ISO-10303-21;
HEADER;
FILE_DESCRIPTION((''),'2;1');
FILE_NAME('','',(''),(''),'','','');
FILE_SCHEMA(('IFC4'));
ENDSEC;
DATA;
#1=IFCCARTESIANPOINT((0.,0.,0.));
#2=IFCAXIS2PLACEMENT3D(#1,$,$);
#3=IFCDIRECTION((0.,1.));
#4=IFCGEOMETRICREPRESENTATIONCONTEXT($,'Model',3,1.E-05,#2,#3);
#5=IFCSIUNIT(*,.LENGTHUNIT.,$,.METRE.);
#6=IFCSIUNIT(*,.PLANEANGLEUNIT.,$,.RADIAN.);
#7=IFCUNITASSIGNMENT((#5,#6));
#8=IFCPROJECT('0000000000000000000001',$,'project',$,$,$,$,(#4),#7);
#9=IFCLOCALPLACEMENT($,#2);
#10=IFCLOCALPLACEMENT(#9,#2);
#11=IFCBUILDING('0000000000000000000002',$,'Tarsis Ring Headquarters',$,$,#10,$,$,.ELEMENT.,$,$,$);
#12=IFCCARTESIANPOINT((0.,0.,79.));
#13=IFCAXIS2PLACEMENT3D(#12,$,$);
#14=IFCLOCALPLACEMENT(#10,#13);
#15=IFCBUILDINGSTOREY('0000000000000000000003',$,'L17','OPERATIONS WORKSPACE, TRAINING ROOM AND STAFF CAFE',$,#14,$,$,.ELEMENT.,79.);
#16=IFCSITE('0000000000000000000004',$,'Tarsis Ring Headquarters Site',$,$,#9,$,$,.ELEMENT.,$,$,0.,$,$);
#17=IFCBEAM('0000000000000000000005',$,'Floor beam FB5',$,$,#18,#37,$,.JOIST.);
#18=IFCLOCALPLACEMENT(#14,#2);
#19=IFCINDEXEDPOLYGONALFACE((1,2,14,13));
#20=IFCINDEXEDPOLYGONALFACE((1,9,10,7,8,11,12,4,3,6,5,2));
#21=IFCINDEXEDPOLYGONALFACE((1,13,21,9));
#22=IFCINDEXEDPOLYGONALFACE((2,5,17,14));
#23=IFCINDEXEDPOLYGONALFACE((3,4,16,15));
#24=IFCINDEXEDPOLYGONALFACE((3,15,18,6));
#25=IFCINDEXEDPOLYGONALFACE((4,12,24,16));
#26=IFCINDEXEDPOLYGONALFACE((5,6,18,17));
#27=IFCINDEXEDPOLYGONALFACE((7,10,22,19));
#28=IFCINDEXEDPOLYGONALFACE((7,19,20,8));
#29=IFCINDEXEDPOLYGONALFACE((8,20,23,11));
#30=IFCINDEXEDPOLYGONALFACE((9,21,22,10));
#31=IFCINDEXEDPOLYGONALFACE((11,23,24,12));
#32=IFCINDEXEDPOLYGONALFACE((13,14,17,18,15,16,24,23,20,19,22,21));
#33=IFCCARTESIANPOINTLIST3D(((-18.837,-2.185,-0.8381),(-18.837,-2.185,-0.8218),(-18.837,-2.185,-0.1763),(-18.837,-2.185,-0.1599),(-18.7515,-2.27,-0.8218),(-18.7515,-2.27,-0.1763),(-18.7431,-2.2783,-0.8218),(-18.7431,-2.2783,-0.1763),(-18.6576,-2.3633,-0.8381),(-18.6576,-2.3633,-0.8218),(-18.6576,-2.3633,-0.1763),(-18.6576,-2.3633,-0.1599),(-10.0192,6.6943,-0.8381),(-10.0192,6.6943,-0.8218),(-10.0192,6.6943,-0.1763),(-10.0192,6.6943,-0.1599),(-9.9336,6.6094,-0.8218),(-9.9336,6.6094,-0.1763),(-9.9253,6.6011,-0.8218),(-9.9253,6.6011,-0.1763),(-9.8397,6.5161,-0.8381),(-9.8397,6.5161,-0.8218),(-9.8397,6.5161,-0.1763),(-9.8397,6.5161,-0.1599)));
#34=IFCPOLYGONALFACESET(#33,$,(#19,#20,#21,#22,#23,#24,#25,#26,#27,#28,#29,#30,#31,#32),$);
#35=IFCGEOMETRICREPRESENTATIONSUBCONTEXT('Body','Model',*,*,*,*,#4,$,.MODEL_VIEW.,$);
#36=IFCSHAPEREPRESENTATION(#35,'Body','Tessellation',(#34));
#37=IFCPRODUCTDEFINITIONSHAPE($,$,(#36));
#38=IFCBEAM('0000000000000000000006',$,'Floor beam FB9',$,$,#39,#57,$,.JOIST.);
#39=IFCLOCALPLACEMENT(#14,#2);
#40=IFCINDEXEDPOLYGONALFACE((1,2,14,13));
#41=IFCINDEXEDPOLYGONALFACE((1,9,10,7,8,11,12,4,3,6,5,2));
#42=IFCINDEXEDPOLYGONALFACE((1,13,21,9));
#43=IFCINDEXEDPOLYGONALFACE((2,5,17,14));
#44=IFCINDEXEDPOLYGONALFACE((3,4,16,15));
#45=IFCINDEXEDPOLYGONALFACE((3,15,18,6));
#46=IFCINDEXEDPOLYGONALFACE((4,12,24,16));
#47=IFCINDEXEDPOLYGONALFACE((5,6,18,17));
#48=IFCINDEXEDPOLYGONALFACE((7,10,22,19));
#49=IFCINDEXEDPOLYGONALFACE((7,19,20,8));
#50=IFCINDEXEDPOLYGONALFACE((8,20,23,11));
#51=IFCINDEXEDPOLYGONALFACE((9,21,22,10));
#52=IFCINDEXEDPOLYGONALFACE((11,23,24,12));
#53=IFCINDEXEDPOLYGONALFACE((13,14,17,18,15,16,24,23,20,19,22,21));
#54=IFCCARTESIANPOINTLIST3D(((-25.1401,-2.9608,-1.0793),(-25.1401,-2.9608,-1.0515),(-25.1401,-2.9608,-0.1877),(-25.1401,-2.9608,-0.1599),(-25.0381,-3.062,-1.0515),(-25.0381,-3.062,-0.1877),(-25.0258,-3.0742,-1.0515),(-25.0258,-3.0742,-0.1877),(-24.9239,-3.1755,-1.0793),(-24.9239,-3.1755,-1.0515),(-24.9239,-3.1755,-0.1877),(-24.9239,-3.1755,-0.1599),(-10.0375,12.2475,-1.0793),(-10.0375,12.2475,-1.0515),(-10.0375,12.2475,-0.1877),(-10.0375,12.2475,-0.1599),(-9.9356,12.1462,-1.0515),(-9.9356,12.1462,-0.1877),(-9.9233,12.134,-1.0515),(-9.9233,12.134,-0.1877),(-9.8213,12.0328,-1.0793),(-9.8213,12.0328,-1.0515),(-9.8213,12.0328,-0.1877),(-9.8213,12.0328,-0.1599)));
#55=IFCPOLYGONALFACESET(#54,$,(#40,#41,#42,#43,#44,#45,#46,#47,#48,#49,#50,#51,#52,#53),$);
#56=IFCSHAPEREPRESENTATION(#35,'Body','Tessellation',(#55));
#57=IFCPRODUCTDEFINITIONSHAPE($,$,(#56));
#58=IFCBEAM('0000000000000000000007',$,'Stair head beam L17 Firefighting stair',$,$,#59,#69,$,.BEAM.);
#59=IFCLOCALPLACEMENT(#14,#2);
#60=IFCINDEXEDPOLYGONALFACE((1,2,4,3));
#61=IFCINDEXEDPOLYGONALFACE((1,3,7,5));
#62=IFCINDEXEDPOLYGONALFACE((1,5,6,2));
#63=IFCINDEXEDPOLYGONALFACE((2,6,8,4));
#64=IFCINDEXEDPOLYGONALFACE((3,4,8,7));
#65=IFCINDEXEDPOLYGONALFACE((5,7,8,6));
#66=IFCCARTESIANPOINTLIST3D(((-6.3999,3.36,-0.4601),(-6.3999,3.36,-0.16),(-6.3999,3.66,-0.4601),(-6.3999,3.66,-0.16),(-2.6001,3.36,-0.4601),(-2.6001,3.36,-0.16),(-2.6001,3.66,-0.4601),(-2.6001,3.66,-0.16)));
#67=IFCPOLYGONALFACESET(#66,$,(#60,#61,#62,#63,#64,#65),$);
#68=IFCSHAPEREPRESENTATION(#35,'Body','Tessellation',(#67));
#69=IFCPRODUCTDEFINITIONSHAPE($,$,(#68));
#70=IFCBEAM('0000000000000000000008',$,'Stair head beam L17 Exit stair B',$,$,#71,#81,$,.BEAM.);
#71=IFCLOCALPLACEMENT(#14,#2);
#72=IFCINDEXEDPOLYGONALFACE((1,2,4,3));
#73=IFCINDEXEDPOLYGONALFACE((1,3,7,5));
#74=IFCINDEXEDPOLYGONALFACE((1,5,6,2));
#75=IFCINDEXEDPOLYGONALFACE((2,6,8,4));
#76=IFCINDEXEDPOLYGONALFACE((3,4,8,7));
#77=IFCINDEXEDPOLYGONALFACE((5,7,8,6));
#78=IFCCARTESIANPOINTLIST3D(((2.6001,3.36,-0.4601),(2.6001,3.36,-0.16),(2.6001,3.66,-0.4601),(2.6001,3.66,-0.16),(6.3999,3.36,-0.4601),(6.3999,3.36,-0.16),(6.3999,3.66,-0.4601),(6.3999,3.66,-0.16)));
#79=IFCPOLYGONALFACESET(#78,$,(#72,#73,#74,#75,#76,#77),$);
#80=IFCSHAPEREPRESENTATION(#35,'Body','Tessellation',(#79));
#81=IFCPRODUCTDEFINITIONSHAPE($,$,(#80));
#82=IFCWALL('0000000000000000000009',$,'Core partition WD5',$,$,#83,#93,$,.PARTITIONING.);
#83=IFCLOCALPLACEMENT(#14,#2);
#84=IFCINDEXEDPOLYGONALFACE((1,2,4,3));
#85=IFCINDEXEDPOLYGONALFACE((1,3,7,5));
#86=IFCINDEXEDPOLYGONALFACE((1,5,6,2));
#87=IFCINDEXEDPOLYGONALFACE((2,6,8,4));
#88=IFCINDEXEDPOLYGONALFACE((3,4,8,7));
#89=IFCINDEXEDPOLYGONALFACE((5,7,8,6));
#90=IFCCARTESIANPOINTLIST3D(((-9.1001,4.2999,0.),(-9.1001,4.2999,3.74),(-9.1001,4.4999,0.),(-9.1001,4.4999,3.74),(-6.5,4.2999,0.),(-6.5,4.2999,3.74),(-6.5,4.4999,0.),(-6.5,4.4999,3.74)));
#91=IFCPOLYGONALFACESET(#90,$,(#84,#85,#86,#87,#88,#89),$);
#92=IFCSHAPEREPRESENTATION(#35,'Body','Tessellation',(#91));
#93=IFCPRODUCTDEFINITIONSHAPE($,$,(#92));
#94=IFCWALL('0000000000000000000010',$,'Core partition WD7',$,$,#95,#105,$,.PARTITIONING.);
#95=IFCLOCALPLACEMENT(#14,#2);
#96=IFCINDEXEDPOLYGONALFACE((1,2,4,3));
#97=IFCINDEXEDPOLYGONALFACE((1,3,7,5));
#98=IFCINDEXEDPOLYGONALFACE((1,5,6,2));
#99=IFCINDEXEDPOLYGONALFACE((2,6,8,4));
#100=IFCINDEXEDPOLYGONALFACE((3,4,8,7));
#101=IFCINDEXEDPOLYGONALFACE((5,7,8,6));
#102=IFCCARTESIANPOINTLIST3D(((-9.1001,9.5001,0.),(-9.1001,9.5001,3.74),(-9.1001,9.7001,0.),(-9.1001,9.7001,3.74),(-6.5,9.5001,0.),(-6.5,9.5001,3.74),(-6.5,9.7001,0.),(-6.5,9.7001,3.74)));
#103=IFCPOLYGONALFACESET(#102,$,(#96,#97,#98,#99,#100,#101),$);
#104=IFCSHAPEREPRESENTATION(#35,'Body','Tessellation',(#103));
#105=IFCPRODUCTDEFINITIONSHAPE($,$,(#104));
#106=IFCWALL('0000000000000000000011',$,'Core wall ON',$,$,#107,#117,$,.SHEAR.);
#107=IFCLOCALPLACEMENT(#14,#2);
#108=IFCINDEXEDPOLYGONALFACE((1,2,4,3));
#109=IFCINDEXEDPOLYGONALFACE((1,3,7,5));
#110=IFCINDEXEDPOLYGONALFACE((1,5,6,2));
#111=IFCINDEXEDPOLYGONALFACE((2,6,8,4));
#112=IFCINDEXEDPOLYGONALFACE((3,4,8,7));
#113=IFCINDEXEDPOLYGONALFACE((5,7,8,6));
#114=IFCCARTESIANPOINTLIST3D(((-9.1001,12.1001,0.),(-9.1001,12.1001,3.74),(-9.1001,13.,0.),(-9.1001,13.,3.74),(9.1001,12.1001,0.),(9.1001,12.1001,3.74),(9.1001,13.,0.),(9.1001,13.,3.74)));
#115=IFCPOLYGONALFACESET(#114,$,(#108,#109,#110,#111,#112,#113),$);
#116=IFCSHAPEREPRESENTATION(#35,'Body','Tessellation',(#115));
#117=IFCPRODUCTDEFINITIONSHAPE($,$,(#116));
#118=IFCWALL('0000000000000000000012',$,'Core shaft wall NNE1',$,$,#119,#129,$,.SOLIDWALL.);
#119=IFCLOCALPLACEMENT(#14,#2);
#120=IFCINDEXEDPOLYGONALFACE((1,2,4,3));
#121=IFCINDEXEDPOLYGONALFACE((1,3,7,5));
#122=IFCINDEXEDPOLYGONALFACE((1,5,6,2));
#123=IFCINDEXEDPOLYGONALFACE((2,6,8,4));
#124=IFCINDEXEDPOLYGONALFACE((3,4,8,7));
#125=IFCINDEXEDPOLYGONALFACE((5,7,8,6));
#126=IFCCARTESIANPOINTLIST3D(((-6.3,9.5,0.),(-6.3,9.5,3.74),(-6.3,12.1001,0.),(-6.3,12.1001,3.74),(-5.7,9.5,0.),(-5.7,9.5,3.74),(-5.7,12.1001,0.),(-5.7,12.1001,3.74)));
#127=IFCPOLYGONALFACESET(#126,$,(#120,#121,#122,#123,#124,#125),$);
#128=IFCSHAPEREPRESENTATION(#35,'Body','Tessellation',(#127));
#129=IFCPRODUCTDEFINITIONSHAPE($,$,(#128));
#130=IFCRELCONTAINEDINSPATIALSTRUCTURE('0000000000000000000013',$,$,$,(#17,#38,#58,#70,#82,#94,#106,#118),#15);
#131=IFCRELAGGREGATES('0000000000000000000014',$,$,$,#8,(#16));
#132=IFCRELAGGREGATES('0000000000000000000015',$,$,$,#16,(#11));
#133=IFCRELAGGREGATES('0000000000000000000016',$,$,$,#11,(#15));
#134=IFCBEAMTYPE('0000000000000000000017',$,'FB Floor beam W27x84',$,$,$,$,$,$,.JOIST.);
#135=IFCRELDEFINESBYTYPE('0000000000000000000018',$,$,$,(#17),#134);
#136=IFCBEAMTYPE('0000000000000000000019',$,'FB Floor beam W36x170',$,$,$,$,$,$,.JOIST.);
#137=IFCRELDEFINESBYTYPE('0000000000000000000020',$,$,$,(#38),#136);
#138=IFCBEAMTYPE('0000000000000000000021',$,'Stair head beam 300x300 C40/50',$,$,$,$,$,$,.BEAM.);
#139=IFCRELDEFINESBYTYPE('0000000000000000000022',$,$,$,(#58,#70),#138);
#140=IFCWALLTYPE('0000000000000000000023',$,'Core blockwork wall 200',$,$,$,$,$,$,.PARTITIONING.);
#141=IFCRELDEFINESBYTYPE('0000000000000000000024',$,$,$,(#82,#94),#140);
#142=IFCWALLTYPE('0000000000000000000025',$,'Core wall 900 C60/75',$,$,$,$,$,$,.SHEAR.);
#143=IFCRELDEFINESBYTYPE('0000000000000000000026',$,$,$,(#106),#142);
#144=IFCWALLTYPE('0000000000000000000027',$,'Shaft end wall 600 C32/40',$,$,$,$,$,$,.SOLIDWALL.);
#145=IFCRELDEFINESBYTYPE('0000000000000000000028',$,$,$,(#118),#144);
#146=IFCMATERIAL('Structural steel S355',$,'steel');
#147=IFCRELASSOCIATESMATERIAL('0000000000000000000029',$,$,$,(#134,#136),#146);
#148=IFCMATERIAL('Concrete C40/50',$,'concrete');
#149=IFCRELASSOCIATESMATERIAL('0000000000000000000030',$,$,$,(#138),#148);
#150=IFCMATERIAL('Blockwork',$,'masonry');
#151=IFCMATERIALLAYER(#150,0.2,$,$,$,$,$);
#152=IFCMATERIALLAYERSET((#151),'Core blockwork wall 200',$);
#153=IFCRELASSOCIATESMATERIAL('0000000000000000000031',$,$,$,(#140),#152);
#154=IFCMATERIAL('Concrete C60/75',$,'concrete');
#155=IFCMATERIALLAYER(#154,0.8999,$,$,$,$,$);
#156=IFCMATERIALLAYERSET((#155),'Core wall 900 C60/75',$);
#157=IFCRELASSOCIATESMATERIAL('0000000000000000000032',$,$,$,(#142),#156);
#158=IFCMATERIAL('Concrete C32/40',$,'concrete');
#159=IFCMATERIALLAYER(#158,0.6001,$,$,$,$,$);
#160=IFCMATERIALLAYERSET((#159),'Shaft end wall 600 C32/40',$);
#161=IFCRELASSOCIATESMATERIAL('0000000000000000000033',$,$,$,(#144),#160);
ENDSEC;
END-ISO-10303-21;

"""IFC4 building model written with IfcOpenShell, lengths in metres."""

from ifc_helpers import new_model, si_unit, direction, frame, frame_2d, origin, origin_2d, place, context, subcontext, project, spatial, rectangle, i_section, extrude, material, layer, layer_set, material_profile, profile_set, type_object, element, save


model = new_model("IFC4")

# Units and contexts
model_context = context("Model", 3, precision=1e-05, world=origin(), true_north=direction((0.0, 1.0)))
body_context = subcontext(model_context, "Body", "Model", "MODEL_VIEW")
ifc_project = project(units=[si_unit("LENGTHUNIT", "METRE"), si_unit("PLANEANGLEUNIT", "RADIAN")], contexts=[model_context])

# Site, building, storey
site_placement = place(None, origin())
site = spatial("IfcSite", under=ifc_project, at=site_placement, Name="Tarsis Ring Headquarters Site", CompositionType="ELEMENT", RefElevation=0.0)
building_placement = place(site_placement, origin())
building = spatial("IfcBuilding", under=site, at=building_placement, Name="Tarsis Ring Headquarters", CompositionType="ELEMENT")
storey_placement = place(building_placement, frame((0.0, 0.0, 79.0)))
storey = spatial("IfcBuildingStorey", under=building, at=storey_placement, Name="L17", Description="OPERATIONS WORKSPACE, TRAINING ROOM AND STAFF CAFE", CompositionType="ELEMENT", Elevation=79.0)

# Beams
ifc_material_1 = material(Name="Structural steel S355", Category="steel")
ifc_material_profile_1 = material_profile(ifc_material_1, i_section(OverallWidth=0.2529, OverallDepth=0.6782, WebThickness=0.0117, FlangeThickness=0.0164, at=origin_2d()), Name="W27x84")
ifc_profile_set_1 = profile_set([ifc_material_profile_1], Name="Structural steel S355")
beam_type_1 = type_object("IfcBeamType", Name="FB Floor beam W27x84", PredefinedType="JOIST", material=ifc_profile_set_1)
beam_1_placement = place(storey_placement, frame((-9.9294, 6.6052, -0.499), z_axis=(-0.704644, -0.709561, 0.0), x_axis=(0.709561, -0.704644, 0.0)))
element("IfcBeam", 1, at=beam_1_placement, inside=storey, type_object=beam_type_1, Name="Floor beam FB5", PredefinedType="JOIST", context=body_context, shape_type="SweptSolid", body=[
    extrude(i_section(OverallWidth=0.2529, OverallDepth=0.6782, WebThickness=0.0117, FlangeThickness=0.0164, at=origin_2d()), origin(), (0.0, 0.0, 1.0), 12.5139),
])
ifc_material_profile_2 = material_profile(ifc_material_1, i_section(OverallWidth=0.3047, OverallDepth=0.9194, WebThickness=0.0173, FlangeThickness=0.0278, at=origin_2d()), Name="W36x170")
ifc_profile_set_2 = profile_set([ifc_material_profile_2], Name="Structural steel S355")
beam_type_2 = type_object("IfcBeamType", Name="FB Floor beam W36x170", PredefinedType="JOIST", material=ifc_profile_set_2)
beam_2_placement = place(storey_placement, frame((-9.9294, 12.1401, -0.6196), z_axis=(-0.704636, -0.709569, 0.0), x_axis=(0.709569, -0.704636, 0.0)))
element("IfcBeam", 2, at=beam_2_placement, inside=storey, type_object=beam_type_2, Name="Floor beam FB9", PredefinedType="JOIST", context=body_context, shape_type="SweptSolid", body=[
    extrude(i_section(OverallWidth=0.3047, OverallDepth=0.9194, WebThickness=0.0173, FlangeThickness=0.0278, at=origin_2d()), origin(), (0.0, 0.0, 1.0), 21.4331),
])
ifc_material_2 = material(Name="Concrete C40/50", Category="concrete")
ifc_material_profile_3 = material_profile(ifc_material_2, rectangle(XDim=0.3, YDim=0.3, at=origin_2d()), Name="Stair head beam 300x300 C40/50")
ifc_profile_set_3 = profile_set([ifc_material_profile_3], Name="Concrete C40/50")
beam_type_3 = type_object("IfcBeamType", Name="Stair head beam 300x300 C40/50", PredefinedType="BEAM", material=ifc_profile_set_3)
for number, where, z_axis, x_axis, name in (
    (3, (-6.3999, 3.51, -0.3101), (1.0, 0.0, 0.0), (0.0, 1.0, 0.0), "Stair head beam L17 Firefighting stair"),
    (4, (2.6001, 3.51, -0.3101), (1.0, 0.0, 0.0), (0.0, 1.0, 0.0), "Stair head beam L17 Exit stair B"),
):
    element("IfcBeam", number, at=place(storey_placement, frame(where, z_axis=z_axis, x_axis=x_axis)), inside=storey, type_object=beam_type_3, Name=name, PredefinedType="BEAM", context=body_context, shape_type="SweptSolid", body=[
        extrude(rectangle(XDim=0.3, YDim=0.3, at=origin_2d()), origin(), (0.0, 0.0, 1.0), 3.7998),
    ])

# Walls
ifc_material_3 = material(Name="Blockwork", Category="masonry")
ifc_layer_1 = layer(ifc_material_3, 0.2)
ifc_layer_set_1 = layer_set([ifc_layer_1], Name="Core blockwork wall 200")
wall_type_1 = type_object("IfcWallType", Name="Core blockwork wall 200", PredefinedType="PARTITIONING", material=ifc_layer_set_1)
for number, where, z_axis, x_axis, name in (
    (5, (-9.1001, 4.3999, 0.0), (0.0, 0.0, 1.0), (1.0, 0.0, 0.0), "Core partition WD5"),
    (6, (-9.1001, 9.6001, 0.0), (0.0, 0.0, 1.0), (1.0, 0.0, 0.0), "Core partition WD7"),
):
    element("IfcWall", number, at=place(storey_placement, frame(where, z_axis=z_axis, x_axis=x_axis)), inside=storey, type_object=wall_type_1, Name=name, PredefinedType="PARTITIONING", context=body_context, shape_type="SweptSolid", body=[
        extrude(rectangle(XDim=2.6001, YDim=0.2, at=frame_2d((1.3, 0.0))), origin(), (0.0, 0.0, 1.0), 3.74),
    ])
ifc_material_4 = material(Name="Concrete C60/75", Category="concrete")
ifc_layer_2 = layer(ifc_material_4, 0.8999)
ifc_layer_set_2 = layer_set([ifc_layer_2], Name="Core wall 900 C60/75")
wall_type_2 = type_object("IfcWallType", Name="Core wall 900 C60/75", PredefinedType="SHEAR", material=ifc_layer_set_2)
wall_1_placement = place(storey_placement, frame((-9.1001, 12.55, 0.0), z_axis=(0.0, 0.0, 1.0), x_axis=(1.0, 0.0, 0.0)))
element("IfcWall", 7, at=wall_1_placement, inside=storey, type_object=wall_type_2, Name="Core wall ON", PredefinedType="SHEAR", context=body_context, shape_type="SweptSolid", body=[
    extrude(rectangle(XDim=18.2002, YDim=0.8999, at=frame_2d((9.1001, 0.0))), origin(), (0.0, 0.0, 1.0), 3.74),
])
ifc_material_5 = material(Name="Concrete C32/40", Category="concrete")
ifc_layer_3 = layer(ifc_material_5, 0.6001)
ifc_layer_set_3 = layer_set([ifc_layer_3], Name="Shaft end wall 600 C32/40")
wall_type_3 = type_object("IfcWallType", Name="Shaft end wall 600 C32/40", PredefinedType="SOLIDWALL", material=ifc_layer_set_3)
wall_2_placement = place(storey_placement, frame((-6.0, 9.5, 0.0), z_axis=(0.0, 0.0, 1.0), x_axis=(0.0, 1.0, 0.0)))
element("IfcWall", 8, at=wall_2_placement, inside=storey, type_object=wall_type_3, Name="Core shaft wall NNE1", PredefinedType="SOLIDWALL", context=body_context, shape_type="SweptSolid", body=[
    extrude(rectangle(XDim=2.6001, YDim=0.6001, at=frame_2d((1.3, 0.0))), origin(), (0.0, 0.0, 1.0), 3.74),
])

save(model, "model.ifc")
